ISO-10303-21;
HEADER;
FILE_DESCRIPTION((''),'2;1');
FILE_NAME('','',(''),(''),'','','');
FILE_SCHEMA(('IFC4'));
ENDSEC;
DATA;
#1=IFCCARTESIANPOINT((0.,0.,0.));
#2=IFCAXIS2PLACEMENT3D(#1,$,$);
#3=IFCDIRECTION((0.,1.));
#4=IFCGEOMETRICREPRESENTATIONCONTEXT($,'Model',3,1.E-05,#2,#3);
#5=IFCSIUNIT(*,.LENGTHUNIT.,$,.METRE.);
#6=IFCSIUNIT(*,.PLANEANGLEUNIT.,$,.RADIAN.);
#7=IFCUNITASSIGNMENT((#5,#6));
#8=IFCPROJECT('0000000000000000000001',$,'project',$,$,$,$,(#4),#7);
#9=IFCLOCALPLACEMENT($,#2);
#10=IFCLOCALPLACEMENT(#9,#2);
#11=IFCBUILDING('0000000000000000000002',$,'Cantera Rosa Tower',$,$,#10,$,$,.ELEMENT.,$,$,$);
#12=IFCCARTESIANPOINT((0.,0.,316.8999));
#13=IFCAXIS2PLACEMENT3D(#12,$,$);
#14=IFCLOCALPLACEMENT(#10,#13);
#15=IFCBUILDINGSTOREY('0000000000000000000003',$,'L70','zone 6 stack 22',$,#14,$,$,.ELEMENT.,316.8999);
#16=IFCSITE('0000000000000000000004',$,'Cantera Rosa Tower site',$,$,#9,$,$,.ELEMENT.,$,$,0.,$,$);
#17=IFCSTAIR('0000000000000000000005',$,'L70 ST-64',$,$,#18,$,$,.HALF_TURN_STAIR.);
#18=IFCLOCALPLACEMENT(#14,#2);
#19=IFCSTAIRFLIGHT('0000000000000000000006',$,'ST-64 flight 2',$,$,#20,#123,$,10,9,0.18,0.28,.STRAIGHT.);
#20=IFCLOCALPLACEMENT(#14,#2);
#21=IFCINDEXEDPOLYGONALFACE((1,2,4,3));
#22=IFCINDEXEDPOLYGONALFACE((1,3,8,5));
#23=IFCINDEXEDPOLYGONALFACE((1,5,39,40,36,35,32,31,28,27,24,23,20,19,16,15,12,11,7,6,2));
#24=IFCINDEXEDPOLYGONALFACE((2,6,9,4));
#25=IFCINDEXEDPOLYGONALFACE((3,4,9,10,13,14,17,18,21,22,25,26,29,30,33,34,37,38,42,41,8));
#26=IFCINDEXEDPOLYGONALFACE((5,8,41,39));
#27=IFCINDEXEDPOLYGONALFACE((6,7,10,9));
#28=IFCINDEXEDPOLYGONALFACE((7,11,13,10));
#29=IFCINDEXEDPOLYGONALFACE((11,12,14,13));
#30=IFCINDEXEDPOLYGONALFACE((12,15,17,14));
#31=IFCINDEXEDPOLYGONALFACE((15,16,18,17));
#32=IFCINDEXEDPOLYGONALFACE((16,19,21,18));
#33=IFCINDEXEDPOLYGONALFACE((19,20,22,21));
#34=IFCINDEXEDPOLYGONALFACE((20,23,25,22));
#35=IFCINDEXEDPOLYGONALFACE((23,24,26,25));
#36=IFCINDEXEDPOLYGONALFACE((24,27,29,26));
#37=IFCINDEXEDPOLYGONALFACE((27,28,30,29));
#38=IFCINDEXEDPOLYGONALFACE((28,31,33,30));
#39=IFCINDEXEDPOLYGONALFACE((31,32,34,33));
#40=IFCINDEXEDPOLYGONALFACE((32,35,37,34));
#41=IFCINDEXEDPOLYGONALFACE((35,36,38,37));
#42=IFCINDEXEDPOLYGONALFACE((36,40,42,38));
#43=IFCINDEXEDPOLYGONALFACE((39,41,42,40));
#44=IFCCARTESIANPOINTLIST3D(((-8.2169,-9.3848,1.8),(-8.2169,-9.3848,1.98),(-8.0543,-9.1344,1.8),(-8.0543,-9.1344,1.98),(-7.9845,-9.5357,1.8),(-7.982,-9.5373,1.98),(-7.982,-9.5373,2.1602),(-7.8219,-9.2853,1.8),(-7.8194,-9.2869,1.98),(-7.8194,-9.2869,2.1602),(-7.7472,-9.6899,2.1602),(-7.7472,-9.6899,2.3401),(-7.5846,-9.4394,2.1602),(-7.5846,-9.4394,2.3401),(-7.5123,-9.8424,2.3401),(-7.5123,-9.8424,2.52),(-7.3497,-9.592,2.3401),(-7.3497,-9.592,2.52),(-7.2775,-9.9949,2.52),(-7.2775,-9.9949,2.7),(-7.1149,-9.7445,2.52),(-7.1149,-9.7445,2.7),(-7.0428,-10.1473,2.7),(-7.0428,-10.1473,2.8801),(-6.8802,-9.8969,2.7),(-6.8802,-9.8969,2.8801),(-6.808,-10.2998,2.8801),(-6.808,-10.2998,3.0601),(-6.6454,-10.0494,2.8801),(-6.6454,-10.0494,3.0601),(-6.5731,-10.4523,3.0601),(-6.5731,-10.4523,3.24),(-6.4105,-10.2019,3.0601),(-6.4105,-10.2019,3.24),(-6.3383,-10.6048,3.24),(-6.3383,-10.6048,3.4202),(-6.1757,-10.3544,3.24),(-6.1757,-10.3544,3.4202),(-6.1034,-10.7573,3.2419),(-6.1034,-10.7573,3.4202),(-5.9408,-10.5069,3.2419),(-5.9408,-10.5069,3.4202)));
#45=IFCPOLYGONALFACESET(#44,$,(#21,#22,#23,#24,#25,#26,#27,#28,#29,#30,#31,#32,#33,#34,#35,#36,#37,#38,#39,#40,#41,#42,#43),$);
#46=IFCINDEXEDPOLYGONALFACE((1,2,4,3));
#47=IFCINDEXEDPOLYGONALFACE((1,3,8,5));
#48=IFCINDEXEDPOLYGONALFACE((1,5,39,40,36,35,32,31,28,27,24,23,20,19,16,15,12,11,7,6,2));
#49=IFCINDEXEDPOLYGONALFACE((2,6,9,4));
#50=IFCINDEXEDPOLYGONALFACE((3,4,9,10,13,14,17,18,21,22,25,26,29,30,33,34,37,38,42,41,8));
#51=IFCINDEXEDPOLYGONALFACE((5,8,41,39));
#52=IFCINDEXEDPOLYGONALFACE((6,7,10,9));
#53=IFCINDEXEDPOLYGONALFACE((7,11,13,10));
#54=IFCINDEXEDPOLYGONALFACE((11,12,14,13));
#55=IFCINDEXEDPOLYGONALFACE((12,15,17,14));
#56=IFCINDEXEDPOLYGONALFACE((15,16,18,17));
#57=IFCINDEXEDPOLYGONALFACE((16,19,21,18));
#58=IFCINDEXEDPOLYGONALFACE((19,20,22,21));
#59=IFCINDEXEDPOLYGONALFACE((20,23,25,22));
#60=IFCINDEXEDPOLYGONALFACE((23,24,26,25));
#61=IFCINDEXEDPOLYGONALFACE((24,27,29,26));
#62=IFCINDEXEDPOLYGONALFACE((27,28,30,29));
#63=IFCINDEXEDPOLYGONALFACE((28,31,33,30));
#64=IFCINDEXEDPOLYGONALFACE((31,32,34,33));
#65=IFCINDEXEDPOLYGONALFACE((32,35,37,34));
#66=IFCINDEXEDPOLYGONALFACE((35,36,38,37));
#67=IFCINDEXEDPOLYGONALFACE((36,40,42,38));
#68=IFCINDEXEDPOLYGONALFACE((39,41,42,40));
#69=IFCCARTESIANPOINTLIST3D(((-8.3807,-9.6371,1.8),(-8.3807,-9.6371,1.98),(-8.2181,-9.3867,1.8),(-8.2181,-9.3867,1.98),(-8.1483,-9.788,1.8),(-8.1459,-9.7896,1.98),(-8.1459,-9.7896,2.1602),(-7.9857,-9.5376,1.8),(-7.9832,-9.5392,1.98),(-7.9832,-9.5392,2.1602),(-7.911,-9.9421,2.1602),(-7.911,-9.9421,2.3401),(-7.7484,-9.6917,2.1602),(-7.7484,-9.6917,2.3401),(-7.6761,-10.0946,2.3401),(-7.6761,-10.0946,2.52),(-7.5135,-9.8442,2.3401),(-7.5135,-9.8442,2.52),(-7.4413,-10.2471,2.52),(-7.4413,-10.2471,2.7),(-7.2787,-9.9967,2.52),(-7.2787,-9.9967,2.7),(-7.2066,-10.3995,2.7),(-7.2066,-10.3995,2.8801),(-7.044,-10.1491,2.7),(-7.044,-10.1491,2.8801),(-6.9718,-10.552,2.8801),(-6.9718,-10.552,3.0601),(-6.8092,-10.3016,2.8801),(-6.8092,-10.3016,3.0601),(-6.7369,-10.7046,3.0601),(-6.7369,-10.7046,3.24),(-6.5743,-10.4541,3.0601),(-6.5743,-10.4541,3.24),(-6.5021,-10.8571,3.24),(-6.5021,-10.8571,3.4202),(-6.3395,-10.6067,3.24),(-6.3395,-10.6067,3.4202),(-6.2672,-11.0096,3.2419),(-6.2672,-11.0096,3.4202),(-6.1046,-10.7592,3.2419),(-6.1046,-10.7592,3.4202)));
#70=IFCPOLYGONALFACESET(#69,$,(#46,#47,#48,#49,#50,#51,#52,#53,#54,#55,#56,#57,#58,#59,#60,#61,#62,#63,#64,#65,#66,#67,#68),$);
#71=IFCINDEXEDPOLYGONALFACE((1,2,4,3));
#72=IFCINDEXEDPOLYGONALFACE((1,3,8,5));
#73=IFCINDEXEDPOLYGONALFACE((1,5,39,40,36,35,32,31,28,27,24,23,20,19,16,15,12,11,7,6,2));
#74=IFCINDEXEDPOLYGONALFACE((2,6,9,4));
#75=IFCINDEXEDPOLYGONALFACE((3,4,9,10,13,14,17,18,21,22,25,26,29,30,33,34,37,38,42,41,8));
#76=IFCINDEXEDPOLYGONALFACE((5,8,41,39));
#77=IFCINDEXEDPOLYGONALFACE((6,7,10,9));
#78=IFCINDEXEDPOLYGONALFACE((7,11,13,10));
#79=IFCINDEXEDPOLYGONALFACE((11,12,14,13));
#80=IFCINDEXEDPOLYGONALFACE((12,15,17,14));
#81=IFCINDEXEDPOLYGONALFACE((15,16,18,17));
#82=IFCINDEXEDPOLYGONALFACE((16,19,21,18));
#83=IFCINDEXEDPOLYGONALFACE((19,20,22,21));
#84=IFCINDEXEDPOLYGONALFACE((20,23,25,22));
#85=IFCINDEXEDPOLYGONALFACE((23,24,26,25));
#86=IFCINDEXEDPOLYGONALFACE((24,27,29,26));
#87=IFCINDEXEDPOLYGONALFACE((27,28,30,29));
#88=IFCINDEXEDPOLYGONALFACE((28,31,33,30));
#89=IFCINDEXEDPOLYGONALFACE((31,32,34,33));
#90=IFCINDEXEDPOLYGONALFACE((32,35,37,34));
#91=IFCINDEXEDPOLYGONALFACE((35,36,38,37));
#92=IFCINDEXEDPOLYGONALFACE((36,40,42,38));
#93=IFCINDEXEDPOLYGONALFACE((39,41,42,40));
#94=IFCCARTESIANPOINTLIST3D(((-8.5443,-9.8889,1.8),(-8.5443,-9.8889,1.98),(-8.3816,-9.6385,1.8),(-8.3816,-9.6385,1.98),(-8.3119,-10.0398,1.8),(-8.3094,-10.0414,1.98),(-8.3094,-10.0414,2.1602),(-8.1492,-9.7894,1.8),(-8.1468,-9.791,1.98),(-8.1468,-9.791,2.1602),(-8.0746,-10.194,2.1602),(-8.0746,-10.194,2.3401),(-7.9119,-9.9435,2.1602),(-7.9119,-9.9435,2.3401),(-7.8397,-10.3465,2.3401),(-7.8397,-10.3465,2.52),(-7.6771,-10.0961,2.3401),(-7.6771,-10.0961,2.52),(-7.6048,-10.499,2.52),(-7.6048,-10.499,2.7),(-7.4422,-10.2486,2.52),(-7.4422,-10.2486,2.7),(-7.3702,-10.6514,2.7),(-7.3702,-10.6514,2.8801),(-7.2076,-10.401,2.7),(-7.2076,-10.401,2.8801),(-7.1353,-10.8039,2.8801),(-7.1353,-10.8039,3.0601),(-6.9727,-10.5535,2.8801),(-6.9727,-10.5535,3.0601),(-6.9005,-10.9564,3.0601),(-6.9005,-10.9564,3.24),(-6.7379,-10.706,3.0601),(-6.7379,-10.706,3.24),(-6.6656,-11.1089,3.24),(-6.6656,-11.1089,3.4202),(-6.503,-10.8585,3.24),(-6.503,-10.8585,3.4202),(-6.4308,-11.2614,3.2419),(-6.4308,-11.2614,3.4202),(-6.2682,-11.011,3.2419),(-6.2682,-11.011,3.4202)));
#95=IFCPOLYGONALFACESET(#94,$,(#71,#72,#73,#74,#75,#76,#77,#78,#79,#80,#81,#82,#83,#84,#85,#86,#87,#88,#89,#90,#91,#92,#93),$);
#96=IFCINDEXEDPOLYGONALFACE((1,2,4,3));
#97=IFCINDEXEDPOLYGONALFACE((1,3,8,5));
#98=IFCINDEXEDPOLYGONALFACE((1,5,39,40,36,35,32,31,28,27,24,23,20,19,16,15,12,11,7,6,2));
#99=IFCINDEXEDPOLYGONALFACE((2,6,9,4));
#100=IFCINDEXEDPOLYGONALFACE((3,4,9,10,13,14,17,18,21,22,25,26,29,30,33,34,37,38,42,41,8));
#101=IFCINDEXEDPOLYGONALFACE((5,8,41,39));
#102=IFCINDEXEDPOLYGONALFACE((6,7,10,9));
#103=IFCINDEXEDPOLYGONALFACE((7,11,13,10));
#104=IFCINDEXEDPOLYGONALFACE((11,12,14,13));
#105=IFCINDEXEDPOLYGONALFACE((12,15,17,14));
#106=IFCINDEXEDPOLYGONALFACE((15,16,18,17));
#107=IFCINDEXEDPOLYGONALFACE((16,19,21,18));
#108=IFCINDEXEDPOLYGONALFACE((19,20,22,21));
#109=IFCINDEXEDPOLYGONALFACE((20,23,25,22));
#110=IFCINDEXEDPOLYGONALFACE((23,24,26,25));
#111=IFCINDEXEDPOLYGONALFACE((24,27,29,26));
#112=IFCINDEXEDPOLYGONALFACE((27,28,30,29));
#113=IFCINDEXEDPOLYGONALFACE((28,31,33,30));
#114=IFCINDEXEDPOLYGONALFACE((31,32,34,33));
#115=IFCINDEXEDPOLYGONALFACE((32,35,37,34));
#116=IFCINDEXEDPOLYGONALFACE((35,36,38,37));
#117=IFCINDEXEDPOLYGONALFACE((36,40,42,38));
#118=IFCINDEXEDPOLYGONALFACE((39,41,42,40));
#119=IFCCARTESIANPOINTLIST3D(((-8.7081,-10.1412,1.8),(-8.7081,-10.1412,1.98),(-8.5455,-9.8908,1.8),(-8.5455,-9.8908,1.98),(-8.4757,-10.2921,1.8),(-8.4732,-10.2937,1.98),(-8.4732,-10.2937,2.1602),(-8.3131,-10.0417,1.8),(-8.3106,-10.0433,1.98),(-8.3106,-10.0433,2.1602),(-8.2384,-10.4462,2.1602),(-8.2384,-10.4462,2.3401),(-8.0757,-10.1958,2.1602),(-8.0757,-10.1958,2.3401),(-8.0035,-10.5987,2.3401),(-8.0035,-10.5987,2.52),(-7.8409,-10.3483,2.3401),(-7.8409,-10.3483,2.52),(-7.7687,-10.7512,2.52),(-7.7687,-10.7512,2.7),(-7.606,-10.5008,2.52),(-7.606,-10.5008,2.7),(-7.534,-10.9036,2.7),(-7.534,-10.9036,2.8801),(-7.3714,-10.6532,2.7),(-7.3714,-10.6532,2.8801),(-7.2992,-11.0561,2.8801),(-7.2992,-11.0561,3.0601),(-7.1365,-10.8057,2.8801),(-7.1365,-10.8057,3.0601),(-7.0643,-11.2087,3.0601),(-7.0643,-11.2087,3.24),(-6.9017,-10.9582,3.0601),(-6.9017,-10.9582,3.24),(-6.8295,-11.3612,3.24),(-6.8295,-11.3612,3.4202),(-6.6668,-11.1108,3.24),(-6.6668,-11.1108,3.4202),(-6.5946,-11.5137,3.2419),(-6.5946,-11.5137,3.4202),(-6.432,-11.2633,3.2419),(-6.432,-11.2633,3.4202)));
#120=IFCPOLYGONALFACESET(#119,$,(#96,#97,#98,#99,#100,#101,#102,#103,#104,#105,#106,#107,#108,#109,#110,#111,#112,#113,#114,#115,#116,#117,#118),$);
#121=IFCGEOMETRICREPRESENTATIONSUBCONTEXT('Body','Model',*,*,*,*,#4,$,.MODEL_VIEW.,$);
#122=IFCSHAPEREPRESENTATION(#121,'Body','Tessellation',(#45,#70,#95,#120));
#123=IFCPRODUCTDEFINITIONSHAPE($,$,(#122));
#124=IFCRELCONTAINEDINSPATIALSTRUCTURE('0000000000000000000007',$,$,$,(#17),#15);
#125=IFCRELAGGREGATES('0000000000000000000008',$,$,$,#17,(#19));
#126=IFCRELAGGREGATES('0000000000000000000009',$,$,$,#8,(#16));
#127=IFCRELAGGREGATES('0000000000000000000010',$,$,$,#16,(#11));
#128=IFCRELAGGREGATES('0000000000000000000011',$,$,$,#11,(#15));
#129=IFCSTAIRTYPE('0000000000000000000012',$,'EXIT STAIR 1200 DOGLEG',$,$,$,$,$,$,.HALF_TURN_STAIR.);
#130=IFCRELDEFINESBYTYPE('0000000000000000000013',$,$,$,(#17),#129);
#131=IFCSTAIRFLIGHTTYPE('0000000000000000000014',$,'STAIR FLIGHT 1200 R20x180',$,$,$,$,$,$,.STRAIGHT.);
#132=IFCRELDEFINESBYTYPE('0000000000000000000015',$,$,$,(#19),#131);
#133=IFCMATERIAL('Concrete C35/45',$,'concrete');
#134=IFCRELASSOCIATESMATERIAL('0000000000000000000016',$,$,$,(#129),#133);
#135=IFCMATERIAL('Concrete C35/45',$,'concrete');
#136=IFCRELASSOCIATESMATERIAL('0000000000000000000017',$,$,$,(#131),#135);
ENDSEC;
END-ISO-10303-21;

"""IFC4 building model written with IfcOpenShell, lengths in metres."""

from ifc_helpers import new_model, si_unit, direction, frame, origin, place, context, subcontext, project, spatial, polyline, outline, extrude, material, type_object, element, aggregate, save


model = new_model("IFC4")

# Units and contexts
model_context = context("Model", 3, precision=1e-05, world=origin(), true_north=direction((0.0, 1.0)))
body_context = subcontext(model_context, "Body", "Model", "MODEL_VIEW")
ifc_project = project(units=[si_unit("LENGTHUNIT", "METRE"), si_unit("PLANEANGLEUNIT", "RADIAN")], contexts=[model_context])

# Site, building, storey
site_placement = place(None, origin())
site = spatial("IfcSite", under=ifc_project, at=site_placement, Name="Cantera Rosa Tower site", CompositionType="ELEMENT", RefElevation=0.0)
building_placement = place(site_placement, origin())
building = spatial("IfcBuilding", under=site, at=building_placement, Name="Cantera Rosa Tower", CompositionType="ELEMENT")
storey_placement = place(building_placement, frame((0.0, 0.0, 316.8999)))
storey = spatial("IfcBuildingStorey", under=building, at=storey_placement, Name="L70", Description="zone 6 stack 22", CompositionType="ELEMENT", Elevation=316.8999)

# Stair, stair flight
ifc_material_1 = material(Name="Concrete C35/45", Category="concrete")
stair_type = type_object("IfcStairType", Name="EXIT STAIR 1200 DOGLEG", PredefinedType="HALF_TURN_STAIR", material=ifc_material_1)
stair_placement = place(storey_placement, origin())
stair = element("IfcStair", 1, at=stair_placement, inside=storey, type_object=stair_type, Name="L70 ST-64", PredefinedType="HALF_TURN_STAIR")
ifc_material_2 = material(Name="Concrete C35/45", Category="concrete")
stair_flight_type = type_object("IfcStairFlightType", Name="STAIR FLIGHT 1200 R20x180", PredefinedType="STRAIGHT", material=ifc_material_2)
stair_flight_1_placement = place(storey_placement, frame((-8.3811, -9.6377, 1.8), z_axis=(0.0, 0.0, 1.0), x_axis=(0.838671, -0.544639, 0.0)))
stair_flight_1 = element("IfcStairFlight", 2, at=stair_flight_1_placement, type_object=stair_flight_type, Name="ST-64 flight 2", NumberOfRisers=10, NumberOfTreads=9, PredefinedType="STRAIGHT", RiserHeight=0.18, TreadLength=0.28, context=body_context, shape_type="SweptSolid", body=[
    extrude(outline(polyline([(0.0, 0.0), (0.0, 0.1799), (0.28, 0.1799), (0.28, 0.3601), (0.5601, 0.3601), (0.5601, 0.54), (0.8401, 0.54), (0.8401, 0.72), (1.1201, 0.72), (1.1201, 0.8999), (1.3999, 0.8999), (1.3999, 1.0801), (1.6799, 1.0801), (1.6799, 1.26), (1.96, 1.26), (1.96, 1.4399), (2.24, 1.4399), (2.24, 1.6201), (2.52, 1.6201), (2.52, 1.8), (2.52, 1.4419), (0.2771, 0.0), (0.0, 0.0)])), frame((0.0, 0.6001, 0.0), z_axis=(0.0, -1.0, 0.0), x_axis=(1.0, 0.0, 0.0)), (0.0, 0.0, 1.0), 0.2986),
    extrude(outline(polyline([(0.0, 0.0), (0.0, 0.1799), (0.28, 0.1799), (0.28, 0.3601), (0.5601, 0.3601), (0.5601, 0.54), (0.8401, 0.54), (0.8401, 0.72), (1.1201, 0.72), (1.1201, 0.8999), (1.3999, 0.8999), (1.3999, 1.0801), (1.6799, 1.0801), (1.6799, 1.26), (1.96, 1.26), (1.96, 1.4399), (2.24, 1.4399), (2.24, 1.6201), (2.52, 1.6201), (2.52, 1.8), (2.52, 1.4419), (0.2771, 0.0), (0.0, 0.0)])), frame((0.0, 0.2993, 0.0), z_axis=(0.0, -1.0, 0.0), x_axis=(1.0, 0.0, 0.0)), (0.0, 0.0, 1.0), 0.2986),
    extrude(outline(polyline([(0.0, 0.0), (0.0, 0.1799), (0.28, 0.1799), (0.28, 0.3601), (0.5601, 0.3601), (0.5601, 0.54), (0.8401, 0.54), (0.8401, 0.72), (1.1201, 0.72), (1.1201, 0.8999), (1.3999, 0.8999), (1.3999, 1.0801), (1.6799, 1.0801), (1.6799, 1.26), (1.96, 1.26), (1.96, 1.4399), (2.24, 1.4399), (2.24, 1.6201), (2.52, 1.6201), (2.52, 1.8), (2.52, 1.4419), (0.2771, 0.0), (0.0, 0.0)])), frame((0.0, -0.001, 0.0), z_axis=(0.0, -1.0, 0.0), x_axis=(1.0, 0.0, 0.0)), (0.0, 0.0, 1.0), 0.2986),
    extrude(outline(polyline([(0.0, 0.0), (0.0, 0.1799), (0.28, 0.1799), (0.28, 0.3601), (0.5601, 0.3601), (0.5601, 0.54), (0.8401, 0.54), (0.8401, 0.72), (1.1201, 0.72), (1.1201, 0.8999), (1.3999, 0.8999), (1.3999, 1.0801), (1.6799, 1.0801), (1.6799, 1.26), (1.96, 1.26), (1.96, 1.4399), (2.24, 1.4399), (2.24, 1.6201), (2.52, 1.6201), (2.52, 1.8), (2.52, 1.4419), (0.2771, 0.0), (0.0, 0.0)])), frame((0.0, -0.3018, 0.0), z_axis=(0.0, -1.0, 0.0), x_axis=(1.0, 0.0, 0.0)), (0.0, 0.0, 1.0), 0.2986),
])
aggregate(stair, [stair_flight_1])

save(model, "model.ifc")
